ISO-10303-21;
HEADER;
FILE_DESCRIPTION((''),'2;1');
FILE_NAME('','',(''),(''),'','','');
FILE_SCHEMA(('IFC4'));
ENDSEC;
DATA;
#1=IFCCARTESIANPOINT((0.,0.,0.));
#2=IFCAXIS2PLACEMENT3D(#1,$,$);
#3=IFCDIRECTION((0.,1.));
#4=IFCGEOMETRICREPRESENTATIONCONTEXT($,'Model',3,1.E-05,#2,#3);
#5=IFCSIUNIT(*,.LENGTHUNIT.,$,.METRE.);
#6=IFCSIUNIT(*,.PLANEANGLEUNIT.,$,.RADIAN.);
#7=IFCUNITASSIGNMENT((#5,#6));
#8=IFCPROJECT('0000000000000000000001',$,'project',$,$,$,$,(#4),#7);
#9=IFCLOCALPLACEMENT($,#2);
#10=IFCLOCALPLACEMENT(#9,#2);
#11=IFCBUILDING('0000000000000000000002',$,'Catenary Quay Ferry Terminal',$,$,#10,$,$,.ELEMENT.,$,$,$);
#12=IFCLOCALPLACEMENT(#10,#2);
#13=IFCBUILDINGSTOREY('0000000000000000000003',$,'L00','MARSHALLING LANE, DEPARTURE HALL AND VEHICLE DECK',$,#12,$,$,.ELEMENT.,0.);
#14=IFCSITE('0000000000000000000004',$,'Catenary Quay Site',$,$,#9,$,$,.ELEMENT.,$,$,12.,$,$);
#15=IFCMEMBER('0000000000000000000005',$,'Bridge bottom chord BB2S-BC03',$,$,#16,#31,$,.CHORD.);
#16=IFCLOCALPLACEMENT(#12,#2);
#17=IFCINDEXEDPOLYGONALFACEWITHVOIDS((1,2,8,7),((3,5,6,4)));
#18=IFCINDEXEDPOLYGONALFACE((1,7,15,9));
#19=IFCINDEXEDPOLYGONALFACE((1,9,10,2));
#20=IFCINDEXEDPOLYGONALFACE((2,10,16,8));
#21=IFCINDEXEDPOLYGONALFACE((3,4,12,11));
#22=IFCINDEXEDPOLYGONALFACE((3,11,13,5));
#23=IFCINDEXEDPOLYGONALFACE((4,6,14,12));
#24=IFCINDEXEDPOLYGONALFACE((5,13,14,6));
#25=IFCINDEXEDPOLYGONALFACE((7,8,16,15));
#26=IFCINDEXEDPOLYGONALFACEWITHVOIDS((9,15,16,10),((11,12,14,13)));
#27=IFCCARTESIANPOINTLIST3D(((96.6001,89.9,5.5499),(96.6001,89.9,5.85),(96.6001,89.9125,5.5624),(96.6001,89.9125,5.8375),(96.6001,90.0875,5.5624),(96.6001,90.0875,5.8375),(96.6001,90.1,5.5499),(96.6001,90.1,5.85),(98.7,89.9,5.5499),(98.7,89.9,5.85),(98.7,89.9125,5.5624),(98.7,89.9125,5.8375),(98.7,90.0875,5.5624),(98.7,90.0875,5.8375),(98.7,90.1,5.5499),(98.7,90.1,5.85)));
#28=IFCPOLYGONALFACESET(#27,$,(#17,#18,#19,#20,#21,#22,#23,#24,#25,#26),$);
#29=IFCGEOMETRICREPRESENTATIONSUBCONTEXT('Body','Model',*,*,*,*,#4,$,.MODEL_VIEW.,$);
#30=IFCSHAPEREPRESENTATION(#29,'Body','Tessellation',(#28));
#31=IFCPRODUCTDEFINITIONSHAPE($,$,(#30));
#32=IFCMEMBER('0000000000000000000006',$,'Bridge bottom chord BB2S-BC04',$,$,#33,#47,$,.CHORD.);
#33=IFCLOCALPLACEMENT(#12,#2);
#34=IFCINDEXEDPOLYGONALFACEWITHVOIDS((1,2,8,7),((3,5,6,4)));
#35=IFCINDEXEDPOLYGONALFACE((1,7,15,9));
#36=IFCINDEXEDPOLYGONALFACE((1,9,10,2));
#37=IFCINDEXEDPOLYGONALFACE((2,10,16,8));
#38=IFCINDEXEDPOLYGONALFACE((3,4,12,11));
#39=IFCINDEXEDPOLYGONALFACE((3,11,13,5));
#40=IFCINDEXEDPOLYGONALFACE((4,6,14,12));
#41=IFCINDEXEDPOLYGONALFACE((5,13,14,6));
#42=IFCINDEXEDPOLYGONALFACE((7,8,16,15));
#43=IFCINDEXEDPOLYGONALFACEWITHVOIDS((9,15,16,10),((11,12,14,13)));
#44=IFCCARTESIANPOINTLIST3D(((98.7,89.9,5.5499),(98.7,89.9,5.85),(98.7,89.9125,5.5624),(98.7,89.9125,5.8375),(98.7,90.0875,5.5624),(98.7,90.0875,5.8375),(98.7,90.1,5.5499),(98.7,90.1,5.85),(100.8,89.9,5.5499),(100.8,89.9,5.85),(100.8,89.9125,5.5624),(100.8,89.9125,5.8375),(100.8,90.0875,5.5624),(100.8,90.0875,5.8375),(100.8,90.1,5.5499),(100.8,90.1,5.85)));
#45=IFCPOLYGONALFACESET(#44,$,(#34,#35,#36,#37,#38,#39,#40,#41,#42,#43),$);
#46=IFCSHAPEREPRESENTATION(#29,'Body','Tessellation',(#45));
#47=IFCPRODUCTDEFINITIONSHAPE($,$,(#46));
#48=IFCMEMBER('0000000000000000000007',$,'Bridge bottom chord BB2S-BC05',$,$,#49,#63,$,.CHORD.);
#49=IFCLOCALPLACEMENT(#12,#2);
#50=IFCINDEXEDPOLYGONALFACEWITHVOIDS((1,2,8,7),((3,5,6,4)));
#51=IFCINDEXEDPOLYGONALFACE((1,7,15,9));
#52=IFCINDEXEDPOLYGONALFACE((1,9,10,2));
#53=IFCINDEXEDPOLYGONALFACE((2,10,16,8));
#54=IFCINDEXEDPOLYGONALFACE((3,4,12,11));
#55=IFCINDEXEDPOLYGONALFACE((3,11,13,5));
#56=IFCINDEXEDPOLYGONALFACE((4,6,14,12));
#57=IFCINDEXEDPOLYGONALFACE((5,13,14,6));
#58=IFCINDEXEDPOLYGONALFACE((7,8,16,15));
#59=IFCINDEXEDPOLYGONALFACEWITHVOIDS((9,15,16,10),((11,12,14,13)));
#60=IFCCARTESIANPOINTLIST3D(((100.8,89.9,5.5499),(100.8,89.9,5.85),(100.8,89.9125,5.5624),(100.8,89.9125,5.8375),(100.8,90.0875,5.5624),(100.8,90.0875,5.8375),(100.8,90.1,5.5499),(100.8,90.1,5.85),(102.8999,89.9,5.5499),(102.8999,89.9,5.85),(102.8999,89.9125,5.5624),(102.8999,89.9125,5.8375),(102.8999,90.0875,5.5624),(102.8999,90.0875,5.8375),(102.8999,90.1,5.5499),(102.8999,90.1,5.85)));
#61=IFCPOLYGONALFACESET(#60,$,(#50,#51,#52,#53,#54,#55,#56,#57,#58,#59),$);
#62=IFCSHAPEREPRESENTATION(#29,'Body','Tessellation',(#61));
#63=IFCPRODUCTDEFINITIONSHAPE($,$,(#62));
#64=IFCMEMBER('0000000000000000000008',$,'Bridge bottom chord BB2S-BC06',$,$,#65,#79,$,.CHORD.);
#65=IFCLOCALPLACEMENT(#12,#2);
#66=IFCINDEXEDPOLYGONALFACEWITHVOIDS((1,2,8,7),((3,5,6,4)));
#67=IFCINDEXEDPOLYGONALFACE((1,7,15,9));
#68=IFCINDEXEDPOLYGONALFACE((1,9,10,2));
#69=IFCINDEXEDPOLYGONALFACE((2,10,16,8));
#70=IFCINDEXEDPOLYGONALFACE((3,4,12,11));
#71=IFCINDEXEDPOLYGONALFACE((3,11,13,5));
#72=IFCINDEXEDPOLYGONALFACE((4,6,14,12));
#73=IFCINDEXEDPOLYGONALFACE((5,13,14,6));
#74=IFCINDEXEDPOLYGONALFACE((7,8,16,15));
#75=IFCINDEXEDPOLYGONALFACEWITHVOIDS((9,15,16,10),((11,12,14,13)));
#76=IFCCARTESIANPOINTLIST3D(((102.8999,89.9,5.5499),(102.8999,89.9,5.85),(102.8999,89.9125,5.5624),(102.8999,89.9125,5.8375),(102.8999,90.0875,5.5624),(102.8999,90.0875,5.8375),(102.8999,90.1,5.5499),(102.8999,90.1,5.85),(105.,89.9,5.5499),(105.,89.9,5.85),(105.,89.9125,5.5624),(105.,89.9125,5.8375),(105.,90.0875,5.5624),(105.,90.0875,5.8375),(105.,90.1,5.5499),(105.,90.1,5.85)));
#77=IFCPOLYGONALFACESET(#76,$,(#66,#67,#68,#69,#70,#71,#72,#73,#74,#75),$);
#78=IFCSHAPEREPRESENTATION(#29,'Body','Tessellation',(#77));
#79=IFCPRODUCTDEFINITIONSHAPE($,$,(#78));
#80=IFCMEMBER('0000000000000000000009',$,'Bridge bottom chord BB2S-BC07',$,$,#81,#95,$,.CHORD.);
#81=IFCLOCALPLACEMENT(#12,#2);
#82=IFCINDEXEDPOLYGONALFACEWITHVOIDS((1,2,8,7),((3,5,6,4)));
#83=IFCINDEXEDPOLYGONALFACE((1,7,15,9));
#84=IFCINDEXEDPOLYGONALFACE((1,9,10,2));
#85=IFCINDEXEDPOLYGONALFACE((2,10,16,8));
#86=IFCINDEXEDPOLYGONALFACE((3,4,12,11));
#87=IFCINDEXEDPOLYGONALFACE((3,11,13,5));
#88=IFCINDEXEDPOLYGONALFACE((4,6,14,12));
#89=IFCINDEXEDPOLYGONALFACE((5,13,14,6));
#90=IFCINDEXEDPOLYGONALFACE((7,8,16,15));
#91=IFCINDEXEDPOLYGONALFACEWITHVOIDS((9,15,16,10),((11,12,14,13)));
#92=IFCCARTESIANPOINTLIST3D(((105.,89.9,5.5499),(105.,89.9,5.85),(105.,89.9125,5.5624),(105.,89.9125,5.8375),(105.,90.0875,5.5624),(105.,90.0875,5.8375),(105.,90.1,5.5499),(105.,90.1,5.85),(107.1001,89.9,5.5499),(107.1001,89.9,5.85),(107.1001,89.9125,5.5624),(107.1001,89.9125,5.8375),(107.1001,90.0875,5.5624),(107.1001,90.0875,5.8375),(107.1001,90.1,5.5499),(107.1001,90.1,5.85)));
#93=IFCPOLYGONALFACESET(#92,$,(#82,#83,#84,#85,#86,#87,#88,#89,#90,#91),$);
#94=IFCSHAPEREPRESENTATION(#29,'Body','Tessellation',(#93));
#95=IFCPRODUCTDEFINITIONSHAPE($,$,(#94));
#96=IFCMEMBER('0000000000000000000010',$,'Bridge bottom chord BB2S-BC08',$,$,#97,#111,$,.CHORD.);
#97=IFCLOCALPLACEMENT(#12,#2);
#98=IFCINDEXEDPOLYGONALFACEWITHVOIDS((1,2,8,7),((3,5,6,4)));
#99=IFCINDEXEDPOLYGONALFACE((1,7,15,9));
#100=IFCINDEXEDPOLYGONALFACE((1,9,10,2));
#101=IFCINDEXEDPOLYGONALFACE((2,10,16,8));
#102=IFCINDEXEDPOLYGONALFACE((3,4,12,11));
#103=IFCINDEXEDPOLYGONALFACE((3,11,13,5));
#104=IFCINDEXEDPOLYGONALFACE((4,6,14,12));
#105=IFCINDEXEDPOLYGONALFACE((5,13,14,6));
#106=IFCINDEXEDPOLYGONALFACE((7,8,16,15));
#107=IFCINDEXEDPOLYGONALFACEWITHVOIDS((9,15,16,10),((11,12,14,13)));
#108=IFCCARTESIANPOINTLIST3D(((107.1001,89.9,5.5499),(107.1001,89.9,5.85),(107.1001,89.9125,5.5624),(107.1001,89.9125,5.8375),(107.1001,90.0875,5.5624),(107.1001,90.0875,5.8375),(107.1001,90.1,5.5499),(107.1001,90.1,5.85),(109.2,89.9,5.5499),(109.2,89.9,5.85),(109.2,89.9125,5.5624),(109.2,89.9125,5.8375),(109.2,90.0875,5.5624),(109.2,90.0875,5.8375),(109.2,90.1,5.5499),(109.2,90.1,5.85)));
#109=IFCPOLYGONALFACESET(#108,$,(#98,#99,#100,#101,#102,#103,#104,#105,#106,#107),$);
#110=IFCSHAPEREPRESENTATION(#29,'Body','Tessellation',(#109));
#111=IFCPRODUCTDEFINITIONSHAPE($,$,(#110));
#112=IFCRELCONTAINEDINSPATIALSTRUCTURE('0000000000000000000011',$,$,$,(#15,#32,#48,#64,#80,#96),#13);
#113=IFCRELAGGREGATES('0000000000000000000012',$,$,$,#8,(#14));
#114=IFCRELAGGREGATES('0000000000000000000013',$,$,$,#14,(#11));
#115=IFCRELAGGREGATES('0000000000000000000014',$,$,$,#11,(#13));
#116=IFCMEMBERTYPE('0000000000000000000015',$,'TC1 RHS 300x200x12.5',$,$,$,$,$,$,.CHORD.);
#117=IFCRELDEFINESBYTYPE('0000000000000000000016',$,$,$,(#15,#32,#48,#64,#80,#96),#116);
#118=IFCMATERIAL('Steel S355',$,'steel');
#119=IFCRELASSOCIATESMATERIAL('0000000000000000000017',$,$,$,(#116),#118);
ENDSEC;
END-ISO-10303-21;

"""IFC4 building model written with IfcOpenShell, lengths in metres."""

from ifc_helpers import new_model, si_unit, direction, frame, origin, origin_2d, place, context, subcontext, project, spatial, hollow_rectangle, extrude, material, material_profile, profile_set, type_object, element, save


model = new_model("IFC4")

# Units and contexts
model_context = context("Model", 3, precision=1e-05, world=origin(), true_north=direction((0.0, 1.0)))
body_context = subcontext(model_context, "Body", "Model", "MODEL_VIEW")
ifc_project = project(units=[si_unit("LENGTHUNIT", "METRE"), si_unit("PLANEANGLEUNIT", "RADIAN")], contexts=[model_context])

# Site, building, storey
site_placement = place(None, origin())
site = spatial("IfcSite", under=ifc_project, at=site_placement, Name="Catenary Quay Site", CompositionType="ELEMENT", RefElevation=12.0)
building_placement = place(site_placement, origin())
building = spatial("IfcBuilding", under=site, at=building_placement, Name="Catenary Quay Ferry Terminal", CompositionType="ELEMENT")
storey_placement = place(building_placement, origin())
storey = spatial("IfcBuildingStorey", under=building, at=storey_placement, Name="L00", Description="MARSHALLING LANE, DEPARTURE HALL AND VEHICLE DECK", CompositionType="ELEMENT", Elevation=0.0)

# Members
ifc_material_1 = material(Name="Steel S355", Category="steel")
ifc_material_profile_1 = material_profile(ifc_material_1, hollow_rectangle(XDim=0.2, YDim=0.3, WallThickness=0.0125, at=origin_2d()), Name="RHS 300x200x12.5")
ifc_profile_set_1 = profile_set([ifc_material_profile_1], Name="Steel S355")
member_type_1 = type_object("IfcMemberType", Name="TC1 RHS 300x200x12.5", PredefinedType="CHORD", material=ifc_profile_set_1)
member_1_placement = place(storey_placement, frame((96.6001, 90.0, 5.7), z_axis=(1.0, 0.0, 0.0), x_axis=(0.0, 1.0, 0.0)))
element("IfcMember", 1, at=member_1_placement, inside=storey, type_object=member_type_1, Name="Bridge bottom chord BB2S-BC03", PredefinedType="CHORD", context=body_context, shape_type="SweptSolid", body=[
    extrude(hollow_rectangle(XDim=0.2, YDim=0.3, WallThickness=0.0125, at=origin_2d()), origin(), (0.0, 0.0, 1.0), 2.0999),
])
member_2_placement = place(storey_placement, frame((98.7, 90.0, 5.7), z_axis=(1.0, 0.0, 0.0), x_axis=(0.0, 1.0, 0.0)))
element("IfcMember", 2, at=member_2_placement, inside=storey, type_object=member_type_1, Name="Bridge bottom chord BB2S-BC04", PredefinedType="CHORD", context=body_context, shape_type="SweptSolid", body=[
    extrude(hollow_rectangle(XDim=0.2, YDim=0.3, WallThickness=0.0125, at=origin_2d()), origin(), (0.0, 0.0, 1.0), 2.1001),
])
member_3_placement = place(storey_placement, frame((100.8, 90.0, 5.7), z_axis=(1.0, 0.0, 0.0), x_axis=(0.0, 1.0, 0.0)))
element("IfcMember", 3, at=member_3_placement, inside=storey, type_object=member_type_1, Name="Bridge bottom chord BB2S-BC05", PredefinedType="CHORD", context=body_context, shape_type="SweptSolid", body=[
    extrude(hollow_rectangle(XDim=0.2, YDim=0.3, WallThickness=0.0125, at=origin_2d()), origin(), (0.0, 0.0, 1.0), 2.0999),
])
for number, where, z_axis, x_axis, name in (
    (4, (102.8999, 90.0, 5.7), (1.0, 0.0, 0.0), (0.0, 1.0, 0.0), "Bridge bottom chord BB2S-BC06"),
    (5, (105.0, 90.0, 5.7), (1.0, 0.0, 0.0), (0.0, 1.0, 0.0), "Bridge bottom chord BB2S-BC07"),
):
    element("IfcMember", number, at=place(storey_placement, frame(where, z_axis=z_axis, x_axis=x_axis)), inside=storey, type_object=member_type_1, Name=name, PredefinedType="CHORD", context=body_context, shape_type="SweptSolid", body=[
        extrude(hollow_rectangle(XDim=0.2, YDim=0.3, WallThickness=0.0125, at=origin_2d()), origin(), (0.0, 0.0, 1.0), 2.1001),
    ])
member_4_placement = place(storey_placement, frame((107.1001, 90.0, 5.7), z_axis=(1.0, 0.0, 0.0), x_axis=(0.0, 1.0, 0.0)))
element("IfcMember", 6, at=member_4_placement, inside=storey, type_object=member_type_1, Name="Bridge bottom chord BB2S-BC08", PredefinedType="CHORD", context=body_context, shape_type="SweptSolid", body=[
    extrude(hollow_rectangle(XDim=0.2, YDim=0.3, WallThickness=0.0125, at=origin_2d()), origin(), (0.0, 0.0, 1.0), 2.0999),
])

save(model, "model.ifc")
